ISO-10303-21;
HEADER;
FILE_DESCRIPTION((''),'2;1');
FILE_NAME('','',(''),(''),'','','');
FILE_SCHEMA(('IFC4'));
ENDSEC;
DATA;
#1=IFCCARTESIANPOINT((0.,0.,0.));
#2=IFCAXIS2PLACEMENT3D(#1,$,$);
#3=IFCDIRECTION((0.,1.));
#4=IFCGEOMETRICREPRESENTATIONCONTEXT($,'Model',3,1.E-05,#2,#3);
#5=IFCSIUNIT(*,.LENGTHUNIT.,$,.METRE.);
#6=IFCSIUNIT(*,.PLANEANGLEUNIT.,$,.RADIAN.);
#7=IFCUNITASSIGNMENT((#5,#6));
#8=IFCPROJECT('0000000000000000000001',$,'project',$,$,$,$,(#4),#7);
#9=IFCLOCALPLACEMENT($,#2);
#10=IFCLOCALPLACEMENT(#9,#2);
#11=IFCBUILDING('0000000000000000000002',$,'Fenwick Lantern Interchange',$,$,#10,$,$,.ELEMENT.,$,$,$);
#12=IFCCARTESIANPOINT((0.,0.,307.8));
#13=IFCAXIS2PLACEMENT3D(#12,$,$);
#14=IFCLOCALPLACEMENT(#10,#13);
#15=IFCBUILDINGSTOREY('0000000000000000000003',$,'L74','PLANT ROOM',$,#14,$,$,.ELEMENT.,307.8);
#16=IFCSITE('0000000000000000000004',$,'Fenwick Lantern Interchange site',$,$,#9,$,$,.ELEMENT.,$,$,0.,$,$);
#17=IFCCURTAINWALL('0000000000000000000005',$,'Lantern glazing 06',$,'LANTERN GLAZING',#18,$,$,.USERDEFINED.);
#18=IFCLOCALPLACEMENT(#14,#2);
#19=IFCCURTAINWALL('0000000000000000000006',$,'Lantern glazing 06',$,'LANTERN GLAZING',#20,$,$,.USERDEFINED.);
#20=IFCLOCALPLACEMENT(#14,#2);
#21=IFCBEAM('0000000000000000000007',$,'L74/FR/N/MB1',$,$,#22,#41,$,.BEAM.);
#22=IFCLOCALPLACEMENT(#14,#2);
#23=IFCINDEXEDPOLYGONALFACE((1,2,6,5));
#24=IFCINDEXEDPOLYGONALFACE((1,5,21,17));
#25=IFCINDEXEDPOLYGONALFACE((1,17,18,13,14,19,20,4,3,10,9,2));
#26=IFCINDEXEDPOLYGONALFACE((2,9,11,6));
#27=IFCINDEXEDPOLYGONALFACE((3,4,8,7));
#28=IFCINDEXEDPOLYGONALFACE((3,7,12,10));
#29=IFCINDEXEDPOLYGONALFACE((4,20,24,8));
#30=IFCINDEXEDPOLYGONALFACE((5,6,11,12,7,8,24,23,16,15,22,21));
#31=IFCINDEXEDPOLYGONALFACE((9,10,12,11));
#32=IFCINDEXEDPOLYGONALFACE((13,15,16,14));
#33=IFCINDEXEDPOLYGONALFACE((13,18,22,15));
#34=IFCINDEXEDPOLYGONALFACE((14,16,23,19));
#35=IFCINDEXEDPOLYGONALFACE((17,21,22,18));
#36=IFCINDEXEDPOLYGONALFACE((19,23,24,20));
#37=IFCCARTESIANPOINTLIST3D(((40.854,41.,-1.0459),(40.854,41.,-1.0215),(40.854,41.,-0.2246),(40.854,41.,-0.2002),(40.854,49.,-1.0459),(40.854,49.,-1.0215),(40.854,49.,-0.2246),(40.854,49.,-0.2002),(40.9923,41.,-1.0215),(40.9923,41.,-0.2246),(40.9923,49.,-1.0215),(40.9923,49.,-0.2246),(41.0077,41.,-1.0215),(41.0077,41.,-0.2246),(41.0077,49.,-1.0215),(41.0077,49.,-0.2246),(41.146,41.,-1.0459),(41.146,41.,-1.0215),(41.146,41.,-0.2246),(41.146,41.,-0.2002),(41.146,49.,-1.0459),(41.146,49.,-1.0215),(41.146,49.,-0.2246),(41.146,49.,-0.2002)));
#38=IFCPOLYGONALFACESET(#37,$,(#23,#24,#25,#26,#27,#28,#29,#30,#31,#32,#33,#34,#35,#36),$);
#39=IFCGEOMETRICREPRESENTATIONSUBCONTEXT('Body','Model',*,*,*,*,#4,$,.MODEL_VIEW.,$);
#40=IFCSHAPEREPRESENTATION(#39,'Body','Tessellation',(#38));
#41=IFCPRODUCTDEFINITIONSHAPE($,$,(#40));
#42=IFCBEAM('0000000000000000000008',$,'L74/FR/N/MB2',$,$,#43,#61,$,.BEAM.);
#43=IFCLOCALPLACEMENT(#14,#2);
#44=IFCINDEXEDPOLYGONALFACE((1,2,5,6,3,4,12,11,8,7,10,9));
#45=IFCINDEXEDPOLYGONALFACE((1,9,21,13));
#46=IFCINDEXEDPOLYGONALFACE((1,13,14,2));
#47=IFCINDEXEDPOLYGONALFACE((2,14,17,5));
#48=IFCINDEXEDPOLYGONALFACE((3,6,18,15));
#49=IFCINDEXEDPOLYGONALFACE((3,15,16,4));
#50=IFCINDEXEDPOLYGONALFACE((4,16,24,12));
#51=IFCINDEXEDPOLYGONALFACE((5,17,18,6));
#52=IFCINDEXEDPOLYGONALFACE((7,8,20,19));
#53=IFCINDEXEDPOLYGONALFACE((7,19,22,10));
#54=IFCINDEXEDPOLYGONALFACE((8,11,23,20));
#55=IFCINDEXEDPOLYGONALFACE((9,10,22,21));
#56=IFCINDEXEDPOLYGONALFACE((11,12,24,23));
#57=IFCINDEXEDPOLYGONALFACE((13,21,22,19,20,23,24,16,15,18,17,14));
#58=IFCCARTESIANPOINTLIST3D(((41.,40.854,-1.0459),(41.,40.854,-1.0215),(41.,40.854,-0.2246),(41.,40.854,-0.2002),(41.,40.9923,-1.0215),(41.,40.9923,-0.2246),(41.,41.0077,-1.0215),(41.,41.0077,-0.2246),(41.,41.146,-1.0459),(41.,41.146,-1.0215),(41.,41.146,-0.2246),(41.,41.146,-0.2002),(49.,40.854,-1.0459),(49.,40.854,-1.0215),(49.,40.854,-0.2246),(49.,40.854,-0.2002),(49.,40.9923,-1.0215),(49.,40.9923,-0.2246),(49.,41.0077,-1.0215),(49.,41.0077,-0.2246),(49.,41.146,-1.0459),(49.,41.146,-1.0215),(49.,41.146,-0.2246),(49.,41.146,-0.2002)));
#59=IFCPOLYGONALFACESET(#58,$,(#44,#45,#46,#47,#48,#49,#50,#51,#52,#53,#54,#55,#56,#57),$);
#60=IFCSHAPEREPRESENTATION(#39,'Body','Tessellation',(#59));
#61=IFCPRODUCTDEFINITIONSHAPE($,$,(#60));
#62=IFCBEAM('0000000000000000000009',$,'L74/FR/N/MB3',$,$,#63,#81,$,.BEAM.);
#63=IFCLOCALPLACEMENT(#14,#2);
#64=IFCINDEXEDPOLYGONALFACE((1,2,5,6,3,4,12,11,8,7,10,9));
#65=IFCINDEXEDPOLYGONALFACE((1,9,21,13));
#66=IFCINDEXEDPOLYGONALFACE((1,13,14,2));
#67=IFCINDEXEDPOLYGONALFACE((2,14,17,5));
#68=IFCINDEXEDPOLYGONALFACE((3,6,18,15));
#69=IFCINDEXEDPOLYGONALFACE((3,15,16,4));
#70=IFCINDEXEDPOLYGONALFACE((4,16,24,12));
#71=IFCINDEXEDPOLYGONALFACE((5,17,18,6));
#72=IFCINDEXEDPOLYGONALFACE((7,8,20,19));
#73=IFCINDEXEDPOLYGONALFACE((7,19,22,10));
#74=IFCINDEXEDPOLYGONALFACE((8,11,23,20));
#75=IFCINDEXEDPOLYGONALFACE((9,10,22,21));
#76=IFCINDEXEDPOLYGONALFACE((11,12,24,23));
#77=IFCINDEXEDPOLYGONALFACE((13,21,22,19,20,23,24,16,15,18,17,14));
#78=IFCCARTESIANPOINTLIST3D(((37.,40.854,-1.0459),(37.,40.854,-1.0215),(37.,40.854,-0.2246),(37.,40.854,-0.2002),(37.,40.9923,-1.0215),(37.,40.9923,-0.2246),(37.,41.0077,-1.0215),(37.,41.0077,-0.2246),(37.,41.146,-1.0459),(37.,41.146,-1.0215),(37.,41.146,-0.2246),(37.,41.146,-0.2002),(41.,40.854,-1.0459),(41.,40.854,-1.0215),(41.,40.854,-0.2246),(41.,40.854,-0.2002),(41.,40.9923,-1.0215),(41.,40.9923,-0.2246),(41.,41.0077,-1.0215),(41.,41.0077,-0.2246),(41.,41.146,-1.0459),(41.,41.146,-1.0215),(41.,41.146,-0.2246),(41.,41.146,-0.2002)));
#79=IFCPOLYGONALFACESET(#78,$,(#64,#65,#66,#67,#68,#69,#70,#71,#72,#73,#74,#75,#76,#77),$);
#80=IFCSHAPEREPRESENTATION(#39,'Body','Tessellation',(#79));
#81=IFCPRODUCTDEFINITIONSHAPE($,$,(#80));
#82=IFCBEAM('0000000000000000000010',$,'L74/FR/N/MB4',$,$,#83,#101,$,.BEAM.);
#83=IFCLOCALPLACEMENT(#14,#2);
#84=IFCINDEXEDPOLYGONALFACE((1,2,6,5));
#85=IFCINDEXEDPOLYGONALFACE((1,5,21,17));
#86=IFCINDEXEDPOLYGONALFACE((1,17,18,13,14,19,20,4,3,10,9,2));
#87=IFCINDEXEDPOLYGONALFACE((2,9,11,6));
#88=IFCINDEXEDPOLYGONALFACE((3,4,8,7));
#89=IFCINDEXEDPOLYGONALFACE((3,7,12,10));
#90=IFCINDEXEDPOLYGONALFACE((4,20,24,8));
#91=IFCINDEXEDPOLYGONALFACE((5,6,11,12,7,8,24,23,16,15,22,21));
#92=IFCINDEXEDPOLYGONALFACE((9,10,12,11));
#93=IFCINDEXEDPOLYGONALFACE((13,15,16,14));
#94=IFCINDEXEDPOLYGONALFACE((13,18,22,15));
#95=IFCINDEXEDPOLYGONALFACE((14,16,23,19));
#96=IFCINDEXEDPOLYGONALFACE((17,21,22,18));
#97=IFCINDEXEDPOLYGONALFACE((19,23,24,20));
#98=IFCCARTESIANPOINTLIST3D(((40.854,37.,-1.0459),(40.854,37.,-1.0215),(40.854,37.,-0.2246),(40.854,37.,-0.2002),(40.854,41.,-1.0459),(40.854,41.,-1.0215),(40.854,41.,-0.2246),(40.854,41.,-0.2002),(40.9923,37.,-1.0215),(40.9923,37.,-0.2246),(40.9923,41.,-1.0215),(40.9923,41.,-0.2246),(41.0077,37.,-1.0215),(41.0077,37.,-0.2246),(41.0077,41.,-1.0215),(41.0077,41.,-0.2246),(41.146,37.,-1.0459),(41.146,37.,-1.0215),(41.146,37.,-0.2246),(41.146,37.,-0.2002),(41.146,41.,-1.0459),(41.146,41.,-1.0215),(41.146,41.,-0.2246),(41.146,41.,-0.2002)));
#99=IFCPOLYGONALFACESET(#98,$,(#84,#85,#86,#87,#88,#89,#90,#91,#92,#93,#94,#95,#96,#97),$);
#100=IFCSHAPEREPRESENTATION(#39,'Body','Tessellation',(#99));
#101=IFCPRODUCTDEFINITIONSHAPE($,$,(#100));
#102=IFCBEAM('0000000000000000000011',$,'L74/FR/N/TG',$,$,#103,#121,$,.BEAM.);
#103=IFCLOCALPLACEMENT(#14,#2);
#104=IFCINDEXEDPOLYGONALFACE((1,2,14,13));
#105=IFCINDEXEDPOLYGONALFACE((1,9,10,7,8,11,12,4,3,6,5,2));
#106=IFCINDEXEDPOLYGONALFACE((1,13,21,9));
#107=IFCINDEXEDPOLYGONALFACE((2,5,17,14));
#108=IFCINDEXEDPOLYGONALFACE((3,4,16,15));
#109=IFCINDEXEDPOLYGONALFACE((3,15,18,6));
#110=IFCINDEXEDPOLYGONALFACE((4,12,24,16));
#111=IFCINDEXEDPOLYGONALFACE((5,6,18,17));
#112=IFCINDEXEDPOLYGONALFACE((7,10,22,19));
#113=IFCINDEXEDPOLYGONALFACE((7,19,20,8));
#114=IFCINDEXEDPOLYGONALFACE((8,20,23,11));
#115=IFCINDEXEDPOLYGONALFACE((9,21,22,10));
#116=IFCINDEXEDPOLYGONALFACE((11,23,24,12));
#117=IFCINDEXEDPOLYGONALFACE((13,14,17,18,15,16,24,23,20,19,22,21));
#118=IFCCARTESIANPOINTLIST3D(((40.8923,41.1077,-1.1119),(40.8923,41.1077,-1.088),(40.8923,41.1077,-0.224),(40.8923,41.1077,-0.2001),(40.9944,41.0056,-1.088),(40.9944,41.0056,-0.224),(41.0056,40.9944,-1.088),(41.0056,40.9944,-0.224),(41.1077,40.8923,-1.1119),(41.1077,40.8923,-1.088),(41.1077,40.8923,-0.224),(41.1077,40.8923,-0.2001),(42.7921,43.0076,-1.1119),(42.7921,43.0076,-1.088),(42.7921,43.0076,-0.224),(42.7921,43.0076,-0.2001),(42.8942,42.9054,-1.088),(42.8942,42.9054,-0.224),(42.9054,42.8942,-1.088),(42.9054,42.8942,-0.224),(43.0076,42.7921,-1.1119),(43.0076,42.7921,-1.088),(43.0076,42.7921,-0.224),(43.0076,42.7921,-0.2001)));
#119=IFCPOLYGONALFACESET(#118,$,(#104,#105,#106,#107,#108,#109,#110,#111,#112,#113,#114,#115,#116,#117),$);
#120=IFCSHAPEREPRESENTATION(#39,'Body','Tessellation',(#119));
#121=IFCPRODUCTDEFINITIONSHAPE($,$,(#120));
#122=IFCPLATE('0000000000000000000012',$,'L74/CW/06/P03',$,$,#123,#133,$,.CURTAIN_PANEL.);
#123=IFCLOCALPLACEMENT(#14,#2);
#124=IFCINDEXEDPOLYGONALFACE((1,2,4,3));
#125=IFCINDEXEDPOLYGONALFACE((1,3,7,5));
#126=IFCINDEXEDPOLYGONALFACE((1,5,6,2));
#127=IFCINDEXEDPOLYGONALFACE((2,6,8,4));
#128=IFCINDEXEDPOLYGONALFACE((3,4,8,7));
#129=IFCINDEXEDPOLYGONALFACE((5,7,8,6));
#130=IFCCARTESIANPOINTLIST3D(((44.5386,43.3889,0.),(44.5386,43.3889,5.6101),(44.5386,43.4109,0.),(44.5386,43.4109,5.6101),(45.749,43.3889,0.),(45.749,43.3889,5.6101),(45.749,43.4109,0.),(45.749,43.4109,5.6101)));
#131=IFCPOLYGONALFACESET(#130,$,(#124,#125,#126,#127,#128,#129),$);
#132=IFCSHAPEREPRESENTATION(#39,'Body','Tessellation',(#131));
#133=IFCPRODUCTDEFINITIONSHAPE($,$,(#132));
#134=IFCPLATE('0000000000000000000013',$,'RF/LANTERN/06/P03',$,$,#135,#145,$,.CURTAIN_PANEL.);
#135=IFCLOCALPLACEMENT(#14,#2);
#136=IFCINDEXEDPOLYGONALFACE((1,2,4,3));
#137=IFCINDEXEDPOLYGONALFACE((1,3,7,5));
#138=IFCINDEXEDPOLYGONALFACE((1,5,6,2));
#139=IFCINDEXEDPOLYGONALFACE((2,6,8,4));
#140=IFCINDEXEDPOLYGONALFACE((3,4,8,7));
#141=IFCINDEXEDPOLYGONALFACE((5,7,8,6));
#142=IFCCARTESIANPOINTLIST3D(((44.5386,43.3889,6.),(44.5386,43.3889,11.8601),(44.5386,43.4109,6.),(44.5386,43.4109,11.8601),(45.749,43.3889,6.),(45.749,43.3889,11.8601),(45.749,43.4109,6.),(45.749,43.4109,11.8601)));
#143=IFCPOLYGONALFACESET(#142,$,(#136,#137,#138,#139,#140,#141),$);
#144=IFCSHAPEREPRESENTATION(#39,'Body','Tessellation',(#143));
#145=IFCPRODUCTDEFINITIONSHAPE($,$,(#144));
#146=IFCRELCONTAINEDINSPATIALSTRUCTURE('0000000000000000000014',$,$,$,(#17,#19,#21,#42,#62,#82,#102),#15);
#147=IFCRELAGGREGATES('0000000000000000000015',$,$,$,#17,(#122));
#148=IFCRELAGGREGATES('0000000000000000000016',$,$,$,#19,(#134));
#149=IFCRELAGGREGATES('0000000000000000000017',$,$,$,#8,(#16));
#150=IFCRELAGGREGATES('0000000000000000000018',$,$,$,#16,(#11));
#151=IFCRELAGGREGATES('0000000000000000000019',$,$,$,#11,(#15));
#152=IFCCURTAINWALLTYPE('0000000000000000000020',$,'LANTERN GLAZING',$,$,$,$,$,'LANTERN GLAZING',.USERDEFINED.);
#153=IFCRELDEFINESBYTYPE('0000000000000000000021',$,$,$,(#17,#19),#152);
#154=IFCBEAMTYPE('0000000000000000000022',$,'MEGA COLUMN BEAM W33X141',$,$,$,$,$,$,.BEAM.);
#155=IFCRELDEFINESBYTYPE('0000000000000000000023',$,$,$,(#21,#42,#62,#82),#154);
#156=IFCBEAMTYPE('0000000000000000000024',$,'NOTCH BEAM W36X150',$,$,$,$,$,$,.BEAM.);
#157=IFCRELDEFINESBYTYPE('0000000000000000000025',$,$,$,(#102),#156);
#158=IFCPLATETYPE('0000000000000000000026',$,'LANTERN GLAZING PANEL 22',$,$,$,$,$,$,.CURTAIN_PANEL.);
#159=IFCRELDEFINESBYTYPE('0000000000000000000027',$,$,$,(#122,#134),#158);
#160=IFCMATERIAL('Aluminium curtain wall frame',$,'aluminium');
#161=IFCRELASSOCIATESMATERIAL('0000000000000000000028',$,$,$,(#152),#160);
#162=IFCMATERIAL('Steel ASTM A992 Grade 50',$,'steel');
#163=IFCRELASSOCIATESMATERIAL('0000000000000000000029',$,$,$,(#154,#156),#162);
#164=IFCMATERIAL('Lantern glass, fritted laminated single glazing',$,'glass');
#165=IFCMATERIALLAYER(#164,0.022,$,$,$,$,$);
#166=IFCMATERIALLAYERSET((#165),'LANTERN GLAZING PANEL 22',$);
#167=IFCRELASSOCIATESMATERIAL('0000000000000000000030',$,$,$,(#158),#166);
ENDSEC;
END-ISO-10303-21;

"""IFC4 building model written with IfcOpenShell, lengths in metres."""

from ifc_helpers import new_model, si_unit, direction, frame, origin, origin_2d, place, context, subcontext, project, spatial, rectangle, i_section, extrude, material, layer, layer_set, material_profile, profile_set, type_object, element, aggregate, save


model = new_model("IFC4")

# Units and contexts
model_context = context("Model", 3, precision=1e-05, world=origin(), true_north=direction((0.0, 1.0)))
body_context = subcontext(model_context, "Body", "Model", "MODEL_VIEW")
ifc_project = project(units=[si_unit("LENGTHUNIT", "METRE"), si_unit("PLANEANGLEUNIT", "RADIAN")], contexts=[model_context])

# Site, building, storey
site_placement = place(None, origin())
site = spatial("IfcSite", under=ifc_project, at=site_placement, Name="Fenwick Lantern Interchange site", CompositionType="ELEMENT", RefElevation=0.0)
building_placement = place(site_placement, origin())
building = spatial("IfcBuilding", under=site, at=building_placement, Name="Fenwick Lantern Interchange", CompositionType="ELEMENT")
storey_placement = place(building_placement, frame((0.0, 0.0, 307.8)))
storey = spatial("IfcBuildingStorey", under=building, at=storey_placement, Name="L74", Description="PLANT ROOM", CompositionType="ELEMENT", Elevation=307.8)

# Shared definitions
ifc_material_1 = material(Name="Steel ASTM A992 Grade 50", Category="steel")

# Curtain walls
ifc_material_2 = material(Name="Aluminium curtain wall frame", Category="aluminium")
curtain_wall_type = type_object("IfcCurtainWallType", Name="LANTERN GLAZING", ElementType="LANTERN GLAZING", PredefinedType="USERDEFINED", material=ifc_material_2)
curtain_wall_1_placement = place(storey_placement, origin())
curtain_wall_1 = element("IfcCurtainWall", 1, at=curtain_wall_1_placement, inside=storey, type_object=curtain_wall_type, Name="Lantern glazing 06", ObjectType="LANTERN GLAZING", PredefinedType="USERDEFINED")
curtain_wall_2_placement = place(storey_placement, origin())
curtain_wall_2 = element("IfcCurtainWall", 2, at=curtain_wall_2_placement, inside=storey, type_object=curtain_wall_type, Name="Lantern glazing 06", ObjectType="LANTERN GLAZING", PredefinedType="USERDEFINED")

# Beams
ifc_material_profile_1 = material_profile(ifc_material_1, i_section(OverallWidth=0.292, OverallDepth=0.8457, WebThickness=0.0154, FlangeThickness=0.0244, at=origin_2d()), Name="W33X141")
ifc_profile_set_1 = profile_set([ifc_material_profile_1], Name="Steel ASTM A992 Grade 50")
beam_type_1 = type_object("IfcBeamType", Name="MEGA COLUMN BEAM W33X141", PredefinedType="BEAM", material=ifc_profile_set_1)
for number, where, z_axis, x_axis, name in (
    (3, (41.0, 41.0, -0.623), (0.0, 1.0, 0.0), (-1.0, 0.0, 0.0), "L74/FR/N/MB1"),
    (4, (41.0, 41.0, -0.623), (1.0, 0.0, 0.0), (0.0, 1.0, 0.0), "L74/FR/N/MB2"),
):
    element("IfcBeam", number, at=place(storey_placement, frame(where, z_axis=z_axis, x_axis=x_axis)), inside=storey, type_object=beam_type_1, Name=name, PredefinedType="BEAM", context=body_context, shape_type="SweptSolid", body=[
        extrude(i_section(OverallWidth=0.292, OverallDepth=0.8457, WebThickness=0.0154, FlangeThickness=0.0244, at=origin_2d()), origin(), (0.0, 0.0, 1.0), 8.0),
    ])
for number, where, z_axis, x_axis, name in (
    (5, (41.0, 41.0, -0.623), (-1.0, 0.0, 0.0), (0.0, -1.0, 0.0), "L74/FR/N/MB3"),
    (6, (41.0, 41.0, -0.623), (0.0, -1.0, 0.0), (1.0, 0.0, 0.0), "L74/FR/N/MB4"),
):
    element("IfcBeam", number, at=place(storey_placement, frame(where, z_axis=z_axis, x_axis=x_axis)), inside=storey, type_object=beam_type_1, Name=name, PredefinedType="BEAM", context=body_context, shape_type="SweptSolid", body=[
        extrude(i_section(OverallWidth=0.292, OverallDepth=0.8457, WebThickness=0.0154, FlangeThickness=0.0244, at=origin_2d()), origin(), (0.0, 0.0, 1.0), 4.0),
    ])
ifc_material_profile_2 = material_profile(ifc_material_1, i_section(OverallWidth=0.3047, OverallDepth=0.9119, WebThickness=0.0159, FlangeThickness=0.0239, at=origin_2d()), Name="W36X150")
ifc_profile_set_2 = profile_set([ifc_material_profile_2], Name="Steel ASTM A992 Grade 50")
beam_type_2 = type_object("IfcBeamType", Name="NOTCH BEAM W36X150", PredefinedType="BEAM", material=ifc_profile_set_2)
beam_1_placement = place(storey_placement, frame((41.0, 41.0, -0.656), z_axis=(0.707107, 0.707107, 0.0), x_axis=(-0.707107, 0.707107, 0.0)))
element("IfcBeam", 7, at=beam_1_placement, inside=storey, type_object=beam_type_2, Name="L74/FR/N/TG", PredefinedType="BEAM", context=body_context, shape_type="SweptSolid", body=[
    extrude(i_section(OverallWidth=0.3047, OverallDepth=0.9119, WebThickness=0.0159, FlangeThickness=0.0239, at=origin_2d()), origin(), (0.0, 0.0, 1.0), 2.6868),
])

# Plates
ifc_material_3 = material(Name="Lantern glass, fritted laminated single glazing", Category="glass")
ifc_layer = layer(ifc_material_3, 0.022)
ifc_layer_set = layer_set([ifc_layer], Name="LANTERN GLAZING PANEL 22")
plate_type = type_object("IfcPlateType", Name="LANTERN GLAZING PANEL 22", PredefinedType="CURTAIN_PANEL", material=ifc_layer_set)
plate_1_placement = place(storey_placement, frame((45.1438, 43.3999, 0.0), z_axis=(0.0, 0.0, 1.0), x_axis=(-1.0, 0.0, 0.0)))
plate_1 = element("IfcPlate", 8, at=plate_1_placement, type_object=plate_type, Name="L74/CW/06/P03", PredefinedType="CURTAIN_PANEL", context=body_context, shape_type="SweptSolid", body=[
    extrude(rectangle(XDim=1.2104, YDim=0.022, at=origin_2d()), origin(), (0.0, 0.0, 1.0), 5.6101),
])
aggregate(curtain_wall_1, [plate_1])
plate_2_placement = place(storey_placement, frame((45.1438, 43.3999, 6.0), z_axis=(0.0, 0.0, 1.0), x_axis=(-1.0, 0.0, 0.0)))
plate_2 = element("IfcPlate", 9, at=plate_2_placement, type_object=plate_type, Name="RF/LANTERN/06/P03", PredefinedType="CURTAIN_PANEL", context=body_context, shape_type="SweptSolid", body=[
    extrude(rectangle(XDim=1.2104, YDim=0.022, at=origin_2d()), origin(), (0.0, 0.0, 1.0), 5.8601),
])
aggregate(curtain_wall_2, [plate_2])

save(model, "model.ifc")
